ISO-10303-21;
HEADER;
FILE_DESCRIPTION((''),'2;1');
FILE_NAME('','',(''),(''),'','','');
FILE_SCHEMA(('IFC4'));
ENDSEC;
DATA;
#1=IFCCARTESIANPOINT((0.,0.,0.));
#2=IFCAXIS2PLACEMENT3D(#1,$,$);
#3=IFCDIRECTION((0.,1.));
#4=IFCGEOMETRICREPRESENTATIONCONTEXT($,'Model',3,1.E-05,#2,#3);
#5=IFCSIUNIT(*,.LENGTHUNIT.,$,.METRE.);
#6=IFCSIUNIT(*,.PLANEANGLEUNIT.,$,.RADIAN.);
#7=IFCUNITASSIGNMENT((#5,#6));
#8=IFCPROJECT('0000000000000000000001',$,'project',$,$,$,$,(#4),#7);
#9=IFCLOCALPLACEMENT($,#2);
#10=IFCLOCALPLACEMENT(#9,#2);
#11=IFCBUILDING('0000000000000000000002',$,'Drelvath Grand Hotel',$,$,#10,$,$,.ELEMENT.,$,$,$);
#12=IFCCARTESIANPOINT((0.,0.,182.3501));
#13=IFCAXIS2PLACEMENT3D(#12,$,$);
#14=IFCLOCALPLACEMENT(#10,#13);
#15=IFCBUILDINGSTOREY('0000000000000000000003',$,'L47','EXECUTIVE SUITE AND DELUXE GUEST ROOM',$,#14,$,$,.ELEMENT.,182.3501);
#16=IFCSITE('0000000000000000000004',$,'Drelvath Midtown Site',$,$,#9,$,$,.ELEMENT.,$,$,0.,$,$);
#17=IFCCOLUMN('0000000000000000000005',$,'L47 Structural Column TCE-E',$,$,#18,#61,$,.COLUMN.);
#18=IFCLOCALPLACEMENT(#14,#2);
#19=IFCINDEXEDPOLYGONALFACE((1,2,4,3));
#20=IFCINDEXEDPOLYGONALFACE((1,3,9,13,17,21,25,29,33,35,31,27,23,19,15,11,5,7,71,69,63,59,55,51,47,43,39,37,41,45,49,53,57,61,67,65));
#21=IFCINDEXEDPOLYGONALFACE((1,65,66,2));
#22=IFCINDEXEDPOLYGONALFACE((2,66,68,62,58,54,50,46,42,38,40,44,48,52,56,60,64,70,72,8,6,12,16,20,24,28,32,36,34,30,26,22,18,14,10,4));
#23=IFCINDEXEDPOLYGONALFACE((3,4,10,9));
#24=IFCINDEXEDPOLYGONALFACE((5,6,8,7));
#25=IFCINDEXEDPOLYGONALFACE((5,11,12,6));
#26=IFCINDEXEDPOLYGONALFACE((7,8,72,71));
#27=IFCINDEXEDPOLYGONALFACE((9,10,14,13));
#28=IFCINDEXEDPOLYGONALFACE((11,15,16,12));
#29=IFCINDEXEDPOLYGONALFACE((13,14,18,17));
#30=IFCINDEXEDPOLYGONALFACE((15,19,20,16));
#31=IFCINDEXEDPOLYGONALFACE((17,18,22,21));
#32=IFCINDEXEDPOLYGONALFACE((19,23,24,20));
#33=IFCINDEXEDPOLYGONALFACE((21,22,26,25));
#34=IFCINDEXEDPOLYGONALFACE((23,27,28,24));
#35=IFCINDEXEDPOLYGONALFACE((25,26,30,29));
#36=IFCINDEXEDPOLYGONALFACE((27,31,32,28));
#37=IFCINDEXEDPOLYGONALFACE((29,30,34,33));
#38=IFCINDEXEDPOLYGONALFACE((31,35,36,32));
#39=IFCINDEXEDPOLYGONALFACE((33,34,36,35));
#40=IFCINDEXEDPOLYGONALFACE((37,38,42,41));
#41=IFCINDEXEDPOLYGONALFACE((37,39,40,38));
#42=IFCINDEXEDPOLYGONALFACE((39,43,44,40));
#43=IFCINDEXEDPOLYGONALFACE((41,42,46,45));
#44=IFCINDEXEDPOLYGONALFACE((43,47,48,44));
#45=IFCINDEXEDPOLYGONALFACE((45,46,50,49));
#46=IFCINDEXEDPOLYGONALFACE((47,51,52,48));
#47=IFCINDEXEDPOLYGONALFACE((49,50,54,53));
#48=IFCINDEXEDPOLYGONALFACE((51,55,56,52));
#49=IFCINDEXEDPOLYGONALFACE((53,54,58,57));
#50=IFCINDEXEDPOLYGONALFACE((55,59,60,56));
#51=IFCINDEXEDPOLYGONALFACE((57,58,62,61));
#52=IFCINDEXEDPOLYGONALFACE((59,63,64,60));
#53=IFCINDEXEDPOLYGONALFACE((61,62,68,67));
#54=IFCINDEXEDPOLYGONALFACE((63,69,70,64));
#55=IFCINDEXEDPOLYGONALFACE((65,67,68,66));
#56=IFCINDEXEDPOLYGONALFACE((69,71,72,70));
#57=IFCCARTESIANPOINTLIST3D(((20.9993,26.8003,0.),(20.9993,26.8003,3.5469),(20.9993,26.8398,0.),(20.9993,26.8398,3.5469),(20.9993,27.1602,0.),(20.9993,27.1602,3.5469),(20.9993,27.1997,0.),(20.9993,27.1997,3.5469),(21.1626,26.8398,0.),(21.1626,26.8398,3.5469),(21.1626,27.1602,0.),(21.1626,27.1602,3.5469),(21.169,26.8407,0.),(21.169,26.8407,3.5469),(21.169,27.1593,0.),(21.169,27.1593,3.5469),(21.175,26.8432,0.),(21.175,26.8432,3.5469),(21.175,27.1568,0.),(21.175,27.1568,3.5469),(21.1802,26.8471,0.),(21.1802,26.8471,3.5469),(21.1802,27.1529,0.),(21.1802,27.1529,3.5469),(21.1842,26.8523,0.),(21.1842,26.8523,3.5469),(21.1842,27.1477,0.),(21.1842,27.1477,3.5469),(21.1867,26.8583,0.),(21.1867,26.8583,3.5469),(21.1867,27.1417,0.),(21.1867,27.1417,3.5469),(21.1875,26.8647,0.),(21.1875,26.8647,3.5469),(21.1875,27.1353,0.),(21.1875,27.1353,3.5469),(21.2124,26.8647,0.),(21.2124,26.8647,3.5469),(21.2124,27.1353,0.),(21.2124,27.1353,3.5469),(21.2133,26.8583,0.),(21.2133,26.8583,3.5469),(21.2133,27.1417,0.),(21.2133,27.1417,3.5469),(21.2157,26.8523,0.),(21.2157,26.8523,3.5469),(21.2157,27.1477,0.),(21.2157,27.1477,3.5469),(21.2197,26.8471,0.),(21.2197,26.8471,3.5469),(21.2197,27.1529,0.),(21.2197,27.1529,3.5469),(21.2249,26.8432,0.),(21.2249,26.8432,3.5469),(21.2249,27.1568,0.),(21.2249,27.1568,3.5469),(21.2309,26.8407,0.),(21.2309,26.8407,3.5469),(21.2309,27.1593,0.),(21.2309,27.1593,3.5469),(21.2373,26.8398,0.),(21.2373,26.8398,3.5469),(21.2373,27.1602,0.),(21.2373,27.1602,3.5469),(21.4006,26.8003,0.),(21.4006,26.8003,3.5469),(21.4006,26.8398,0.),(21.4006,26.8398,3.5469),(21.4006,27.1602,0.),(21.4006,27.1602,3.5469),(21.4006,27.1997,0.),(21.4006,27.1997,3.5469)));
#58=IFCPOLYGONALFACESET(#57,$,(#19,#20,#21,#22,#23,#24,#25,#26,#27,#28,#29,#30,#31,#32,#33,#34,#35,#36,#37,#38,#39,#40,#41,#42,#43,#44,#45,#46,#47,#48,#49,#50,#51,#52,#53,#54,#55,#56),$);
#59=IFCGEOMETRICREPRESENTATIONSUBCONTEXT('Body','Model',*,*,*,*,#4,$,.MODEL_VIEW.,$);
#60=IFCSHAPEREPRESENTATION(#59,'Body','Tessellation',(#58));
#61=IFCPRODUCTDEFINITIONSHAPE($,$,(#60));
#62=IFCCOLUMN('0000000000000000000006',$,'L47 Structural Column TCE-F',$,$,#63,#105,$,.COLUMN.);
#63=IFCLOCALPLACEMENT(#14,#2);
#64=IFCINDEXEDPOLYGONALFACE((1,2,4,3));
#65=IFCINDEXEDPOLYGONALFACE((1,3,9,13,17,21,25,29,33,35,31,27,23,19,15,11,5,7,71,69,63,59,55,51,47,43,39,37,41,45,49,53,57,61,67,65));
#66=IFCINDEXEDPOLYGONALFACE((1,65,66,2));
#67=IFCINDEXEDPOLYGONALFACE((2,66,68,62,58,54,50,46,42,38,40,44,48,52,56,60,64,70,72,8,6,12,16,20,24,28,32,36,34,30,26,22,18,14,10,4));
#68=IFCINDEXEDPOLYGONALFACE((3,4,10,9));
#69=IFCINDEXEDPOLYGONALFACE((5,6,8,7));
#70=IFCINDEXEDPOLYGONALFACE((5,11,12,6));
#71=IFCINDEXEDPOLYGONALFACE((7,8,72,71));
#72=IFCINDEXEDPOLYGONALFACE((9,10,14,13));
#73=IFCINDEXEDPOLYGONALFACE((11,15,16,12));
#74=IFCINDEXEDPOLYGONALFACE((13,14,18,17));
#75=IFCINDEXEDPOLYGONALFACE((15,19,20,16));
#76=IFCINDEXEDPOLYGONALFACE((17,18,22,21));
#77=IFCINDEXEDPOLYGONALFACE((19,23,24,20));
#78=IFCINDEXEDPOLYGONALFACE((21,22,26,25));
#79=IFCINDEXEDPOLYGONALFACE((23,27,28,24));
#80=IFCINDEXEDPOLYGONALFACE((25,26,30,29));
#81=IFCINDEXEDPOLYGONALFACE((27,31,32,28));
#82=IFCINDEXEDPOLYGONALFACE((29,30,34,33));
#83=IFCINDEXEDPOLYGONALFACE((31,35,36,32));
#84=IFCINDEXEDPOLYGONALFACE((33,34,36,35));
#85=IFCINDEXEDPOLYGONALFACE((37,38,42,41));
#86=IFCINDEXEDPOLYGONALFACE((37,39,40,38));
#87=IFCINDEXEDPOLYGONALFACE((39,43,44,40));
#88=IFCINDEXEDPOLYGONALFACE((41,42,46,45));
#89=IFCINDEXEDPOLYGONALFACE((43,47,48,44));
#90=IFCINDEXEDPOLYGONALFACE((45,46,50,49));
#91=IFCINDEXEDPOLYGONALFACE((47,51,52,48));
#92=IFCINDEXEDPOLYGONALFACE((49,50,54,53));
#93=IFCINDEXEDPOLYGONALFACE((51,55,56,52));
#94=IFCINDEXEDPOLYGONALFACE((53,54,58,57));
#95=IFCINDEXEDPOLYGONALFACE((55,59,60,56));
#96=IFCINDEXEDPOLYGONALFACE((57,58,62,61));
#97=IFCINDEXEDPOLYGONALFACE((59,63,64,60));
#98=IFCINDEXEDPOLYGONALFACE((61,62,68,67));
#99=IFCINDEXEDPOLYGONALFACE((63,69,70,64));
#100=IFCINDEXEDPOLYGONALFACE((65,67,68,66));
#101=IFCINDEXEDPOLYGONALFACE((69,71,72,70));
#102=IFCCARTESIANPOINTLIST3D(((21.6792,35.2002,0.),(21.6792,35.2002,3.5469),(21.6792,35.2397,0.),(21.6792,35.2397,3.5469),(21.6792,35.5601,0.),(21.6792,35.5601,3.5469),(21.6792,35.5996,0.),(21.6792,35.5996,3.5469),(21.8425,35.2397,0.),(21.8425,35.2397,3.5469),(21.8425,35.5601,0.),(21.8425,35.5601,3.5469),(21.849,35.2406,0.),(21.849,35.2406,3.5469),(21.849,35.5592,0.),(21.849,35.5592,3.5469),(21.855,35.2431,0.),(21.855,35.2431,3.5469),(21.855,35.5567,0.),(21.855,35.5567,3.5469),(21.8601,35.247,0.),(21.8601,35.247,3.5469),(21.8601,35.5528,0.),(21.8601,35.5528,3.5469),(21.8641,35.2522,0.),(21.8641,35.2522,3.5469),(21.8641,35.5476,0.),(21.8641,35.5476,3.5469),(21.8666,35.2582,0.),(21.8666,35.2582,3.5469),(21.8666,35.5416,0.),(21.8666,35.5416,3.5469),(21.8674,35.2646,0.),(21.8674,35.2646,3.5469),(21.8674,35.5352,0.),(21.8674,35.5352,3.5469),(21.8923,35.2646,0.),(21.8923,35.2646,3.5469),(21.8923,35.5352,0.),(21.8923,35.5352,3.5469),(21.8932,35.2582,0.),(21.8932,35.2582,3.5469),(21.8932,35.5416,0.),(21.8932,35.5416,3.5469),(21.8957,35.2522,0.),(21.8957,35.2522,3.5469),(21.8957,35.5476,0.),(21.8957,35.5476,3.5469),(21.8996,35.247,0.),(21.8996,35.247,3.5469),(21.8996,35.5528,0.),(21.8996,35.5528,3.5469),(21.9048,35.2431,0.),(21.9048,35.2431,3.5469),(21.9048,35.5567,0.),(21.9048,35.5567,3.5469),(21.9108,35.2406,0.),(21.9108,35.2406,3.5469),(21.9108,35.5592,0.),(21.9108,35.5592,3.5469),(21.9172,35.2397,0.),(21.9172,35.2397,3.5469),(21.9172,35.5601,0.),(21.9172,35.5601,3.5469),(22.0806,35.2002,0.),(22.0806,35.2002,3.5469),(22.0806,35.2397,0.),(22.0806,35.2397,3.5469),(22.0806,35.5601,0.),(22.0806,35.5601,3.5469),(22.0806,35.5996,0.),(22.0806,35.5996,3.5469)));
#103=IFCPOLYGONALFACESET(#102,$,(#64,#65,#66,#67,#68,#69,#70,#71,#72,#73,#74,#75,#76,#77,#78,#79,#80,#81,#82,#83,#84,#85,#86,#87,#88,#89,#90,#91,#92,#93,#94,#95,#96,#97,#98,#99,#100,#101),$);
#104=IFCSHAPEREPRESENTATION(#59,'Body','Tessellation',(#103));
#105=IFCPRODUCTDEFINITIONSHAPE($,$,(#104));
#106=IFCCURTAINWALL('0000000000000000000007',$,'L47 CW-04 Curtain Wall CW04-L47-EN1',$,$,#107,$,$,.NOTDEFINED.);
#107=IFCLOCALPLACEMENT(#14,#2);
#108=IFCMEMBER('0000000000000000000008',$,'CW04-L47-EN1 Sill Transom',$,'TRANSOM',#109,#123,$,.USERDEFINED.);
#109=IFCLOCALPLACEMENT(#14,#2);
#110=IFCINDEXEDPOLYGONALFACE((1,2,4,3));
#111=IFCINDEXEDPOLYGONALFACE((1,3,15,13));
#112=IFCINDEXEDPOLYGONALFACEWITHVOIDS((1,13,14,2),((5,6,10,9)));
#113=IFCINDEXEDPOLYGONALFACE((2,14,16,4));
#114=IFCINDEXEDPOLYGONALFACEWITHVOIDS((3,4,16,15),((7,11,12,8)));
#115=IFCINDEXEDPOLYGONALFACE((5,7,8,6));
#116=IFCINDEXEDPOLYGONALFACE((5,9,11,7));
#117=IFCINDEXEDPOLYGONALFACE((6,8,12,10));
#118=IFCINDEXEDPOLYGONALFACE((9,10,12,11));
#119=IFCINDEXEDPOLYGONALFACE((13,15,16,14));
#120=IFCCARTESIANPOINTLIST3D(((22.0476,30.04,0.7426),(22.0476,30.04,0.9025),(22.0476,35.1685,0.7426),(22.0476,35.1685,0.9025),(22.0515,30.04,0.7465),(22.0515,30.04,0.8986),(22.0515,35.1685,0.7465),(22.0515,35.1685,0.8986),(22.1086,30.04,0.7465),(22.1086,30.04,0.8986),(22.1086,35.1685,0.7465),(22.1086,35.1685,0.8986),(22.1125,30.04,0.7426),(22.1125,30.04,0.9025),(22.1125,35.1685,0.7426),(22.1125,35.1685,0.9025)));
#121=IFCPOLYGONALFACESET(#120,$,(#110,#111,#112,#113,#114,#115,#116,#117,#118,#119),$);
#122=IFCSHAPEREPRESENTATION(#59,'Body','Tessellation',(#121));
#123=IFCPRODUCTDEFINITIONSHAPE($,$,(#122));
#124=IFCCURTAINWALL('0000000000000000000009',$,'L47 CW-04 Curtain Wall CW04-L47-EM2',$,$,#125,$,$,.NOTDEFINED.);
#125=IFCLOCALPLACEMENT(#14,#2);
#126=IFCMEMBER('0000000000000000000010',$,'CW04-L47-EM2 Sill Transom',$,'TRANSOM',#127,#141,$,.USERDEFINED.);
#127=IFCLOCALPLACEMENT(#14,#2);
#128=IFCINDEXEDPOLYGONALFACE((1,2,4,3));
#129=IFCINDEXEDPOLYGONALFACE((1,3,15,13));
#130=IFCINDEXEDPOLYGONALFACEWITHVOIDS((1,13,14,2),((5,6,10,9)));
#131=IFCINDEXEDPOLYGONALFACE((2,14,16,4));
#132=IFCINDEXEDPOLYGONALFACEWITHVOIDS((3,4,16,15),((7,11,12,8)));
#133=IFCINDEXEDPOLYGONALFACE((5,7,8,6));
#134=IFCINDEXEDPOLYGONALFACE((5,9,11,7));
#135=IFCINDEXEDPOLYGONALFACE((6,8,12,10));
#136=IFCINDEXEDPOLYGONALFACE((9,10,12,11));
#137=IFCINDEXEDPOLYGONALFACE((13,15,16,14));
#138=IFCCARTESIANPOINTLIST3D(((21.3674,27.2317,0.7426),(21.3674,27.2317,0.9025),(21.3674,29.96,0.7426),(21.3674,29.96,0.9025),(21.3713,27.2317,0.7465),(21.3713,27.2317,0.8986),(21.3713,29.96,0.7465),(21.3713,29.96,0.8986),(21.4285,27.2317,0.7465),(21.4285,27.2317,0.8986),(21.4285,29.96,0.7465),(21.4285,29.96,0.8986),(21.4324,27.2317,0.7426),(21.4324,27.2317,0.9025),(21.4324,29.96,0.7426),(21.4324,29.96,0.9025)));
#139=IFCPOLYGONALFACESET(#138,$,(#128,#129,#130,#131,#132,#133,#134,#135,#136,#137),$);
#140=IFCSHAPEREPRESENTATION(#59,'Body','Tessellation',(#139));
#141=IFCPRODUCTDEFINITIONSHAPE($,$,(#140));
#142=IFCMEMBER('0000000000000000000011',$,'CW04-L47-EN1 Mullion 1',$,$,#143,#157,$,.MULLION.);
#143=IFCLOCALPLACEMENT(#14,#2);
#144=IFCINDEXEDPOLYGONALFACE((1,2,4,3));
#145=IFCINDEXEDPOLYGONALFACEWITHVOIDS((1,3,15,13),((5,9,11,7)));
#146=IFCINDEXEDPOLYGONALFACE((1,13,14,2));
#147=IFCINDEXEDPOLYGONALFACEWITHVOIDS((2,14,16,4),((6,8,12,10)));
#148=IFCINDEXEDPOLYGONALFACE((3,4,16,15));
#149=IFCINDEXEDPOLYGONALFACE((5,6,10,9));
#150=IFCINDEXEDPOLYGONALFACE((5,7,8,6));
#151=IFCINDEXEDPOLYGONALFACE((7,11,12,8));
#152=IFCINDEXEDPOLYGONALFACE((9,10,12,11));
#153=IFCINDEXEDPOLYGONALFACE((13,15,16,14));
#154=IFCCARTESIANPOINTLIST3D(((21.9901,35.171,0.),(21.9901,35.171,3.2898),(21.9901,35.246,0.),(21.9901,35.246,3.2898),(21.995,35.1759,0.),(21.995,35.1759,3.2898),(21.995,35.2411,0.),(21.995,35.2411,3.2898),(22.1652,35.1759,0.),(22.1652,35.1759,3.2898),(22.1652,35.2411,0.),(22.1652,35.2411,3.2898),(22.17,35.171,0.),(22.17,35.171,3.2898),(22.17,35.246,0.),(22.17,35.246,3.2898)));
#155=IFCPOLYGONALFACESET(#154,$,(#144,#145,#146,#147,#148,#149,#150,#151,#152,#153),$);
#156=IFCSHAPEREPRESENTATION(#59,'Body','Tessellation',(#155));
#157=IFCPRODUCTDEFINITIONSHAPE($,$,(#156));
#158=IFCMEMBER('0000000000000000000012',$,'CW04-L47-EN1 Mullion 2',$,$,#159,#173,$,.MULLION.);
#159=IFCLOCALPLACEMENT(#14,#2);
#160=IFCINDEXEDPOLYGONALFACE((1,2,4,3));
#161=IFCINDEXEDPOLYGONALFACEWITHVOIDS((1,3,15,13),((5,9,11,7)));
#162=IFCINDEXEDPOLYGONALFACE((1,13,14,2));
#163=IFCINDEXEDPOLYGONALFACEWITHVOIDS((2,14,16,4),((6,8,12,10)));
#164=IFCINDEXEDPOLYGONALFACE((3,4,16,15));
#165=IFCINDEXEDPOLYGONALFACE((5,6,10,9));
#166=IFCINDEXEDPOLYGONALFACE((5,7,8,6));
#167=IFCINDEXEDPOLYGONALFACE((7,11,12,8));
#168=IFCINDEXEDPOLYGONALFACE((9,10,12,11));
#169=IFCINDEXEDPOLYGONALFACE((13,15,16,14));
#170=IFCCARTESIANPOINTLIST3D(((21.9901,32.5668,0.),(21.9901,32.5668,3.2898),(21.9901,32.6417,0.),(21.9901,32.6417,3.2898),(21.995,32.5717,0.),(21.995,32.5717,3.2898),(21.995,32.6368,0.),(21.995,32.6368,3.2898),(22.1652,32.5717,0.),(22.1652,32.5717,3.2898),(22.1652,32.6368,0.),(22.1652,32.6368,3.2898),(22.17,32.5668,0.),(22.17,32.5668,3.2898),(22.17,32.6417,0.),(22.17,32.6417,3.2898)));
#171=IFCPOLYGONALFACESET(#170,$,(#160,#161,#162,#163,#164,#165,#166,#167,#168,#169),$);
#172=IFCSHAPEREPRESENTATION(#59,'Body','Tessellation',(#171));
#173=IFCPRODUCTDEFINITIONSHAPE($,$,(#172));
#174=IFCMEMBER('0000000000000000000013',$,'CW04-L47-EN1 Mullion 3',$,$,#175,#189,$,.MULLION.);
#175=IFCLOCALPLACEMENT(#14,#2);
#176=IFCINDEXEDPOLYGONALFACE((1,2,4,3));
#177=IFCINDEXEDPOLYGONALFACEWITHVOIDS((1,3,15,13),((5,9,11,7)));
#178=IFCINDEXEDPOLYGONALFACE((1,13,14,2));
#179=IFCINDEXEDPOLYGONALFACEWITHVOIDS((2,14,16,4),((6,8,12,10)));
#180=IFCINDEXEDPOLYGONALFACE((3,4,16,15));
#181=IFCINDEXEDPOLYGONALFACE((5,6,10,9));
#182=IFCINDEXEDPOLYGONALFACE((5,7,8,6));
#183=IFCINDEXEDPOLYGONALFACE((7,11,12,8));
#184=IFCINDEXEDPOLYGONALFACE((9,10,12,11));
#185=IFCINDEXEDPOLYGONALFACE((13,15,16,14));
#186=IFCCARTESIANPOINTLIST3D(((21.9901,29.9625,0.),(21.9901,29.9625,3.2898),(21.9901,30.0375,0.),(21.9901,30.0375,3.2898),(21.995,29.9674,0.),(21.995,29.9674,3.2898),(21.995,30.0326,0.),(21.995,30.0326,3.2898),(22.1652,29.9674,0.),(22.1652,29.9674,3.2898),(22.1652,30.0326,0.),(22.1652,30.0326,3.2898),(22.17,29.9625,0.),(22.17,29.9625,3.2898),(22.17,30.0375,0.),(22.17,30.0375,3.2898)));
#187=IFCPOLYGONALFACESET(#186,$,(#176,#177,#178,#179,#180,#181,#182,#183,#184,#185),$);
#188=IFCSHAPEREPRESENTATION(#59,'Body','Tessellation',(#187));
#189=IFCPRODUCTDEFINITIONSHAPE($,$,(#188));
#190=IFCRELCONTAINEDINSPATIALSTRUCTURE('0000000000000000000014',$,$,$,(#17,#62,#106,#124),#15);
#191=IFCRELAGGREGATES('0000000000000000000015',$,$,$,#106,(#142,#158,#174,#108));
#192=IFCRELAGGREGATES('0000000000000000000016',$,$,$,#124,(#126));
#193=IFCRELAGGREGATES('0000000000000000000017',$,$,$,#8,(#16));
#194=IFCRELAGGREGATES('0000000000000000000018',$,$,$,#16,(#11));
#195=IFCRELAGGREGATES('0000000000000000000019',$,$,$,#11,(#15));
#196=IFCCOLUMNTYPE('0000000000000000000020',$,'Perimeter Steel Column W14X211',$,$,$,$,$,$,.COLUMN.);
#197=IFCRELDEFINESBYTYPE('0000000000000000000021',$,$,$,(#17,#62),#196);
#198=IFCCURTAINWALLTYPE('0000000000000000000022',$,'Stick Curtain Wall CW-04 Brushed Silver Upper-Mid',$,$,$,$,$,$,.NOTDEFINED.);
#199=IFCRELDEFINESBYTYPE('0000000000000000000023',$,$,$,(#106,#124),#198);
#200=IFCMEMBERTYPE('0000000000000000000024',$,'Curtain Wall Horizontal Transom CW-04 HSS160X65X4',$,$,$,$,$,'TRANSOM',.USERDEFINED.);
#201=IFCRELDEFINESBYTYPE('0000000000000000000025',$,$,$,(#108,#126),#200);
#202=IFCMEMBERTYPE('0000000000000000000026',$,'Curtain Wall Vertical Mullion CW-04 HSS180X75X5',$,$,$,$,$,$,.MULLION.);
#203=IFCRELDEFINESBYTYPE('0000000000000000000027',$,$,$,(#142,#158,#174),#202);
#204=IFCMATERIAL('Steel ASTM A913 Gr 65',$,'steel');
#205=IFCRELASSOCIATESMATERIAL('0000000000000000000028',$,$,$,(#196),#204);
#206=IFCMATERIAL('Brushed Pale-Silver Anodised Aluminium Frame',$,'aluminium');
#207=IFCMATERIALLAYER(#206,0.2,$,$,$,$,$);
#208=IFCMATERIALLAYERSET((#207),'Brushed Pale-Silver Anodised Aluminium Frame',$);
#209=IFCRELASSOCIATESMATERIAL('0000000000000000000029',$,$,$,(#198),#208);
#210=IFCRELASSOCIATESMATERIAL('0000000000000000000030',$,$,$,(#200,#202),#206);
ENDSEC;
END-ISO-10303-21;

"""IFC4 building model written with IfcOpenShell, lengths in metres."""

from ifc_helpers import new_model, si_unit, direction, frame, origin, origin_2d, place, context, subcontext, project, spatial, hollow_rectangle, i_section, extrude, material, layer, layer_set, material_profile, profile_set, type_object, element, aggregate, save


model = new_model("IFC4")

# Units and contexts
model_context = context("Model", 3, precision=1e-05, world=origin(), true_north=direction((0.0, 1.0)))
body_context = subcontext(model_context, "Body", "Model", "MODEL_VIEW")
ifc_project = project(units=[si_unit("LENGTHUNIT", "METRE"), si_unit("PLANEANGLEUNIT", "RADIAN")], contexts=[model_context])

# Site, building, storey
site_placement = place(None, origin())
site = spatial("IfcSite", under=ifc_project, at=site_placement, Name="Drelvath Midtown Site", CompositionType="ELEMENT", RefElevation=0.0)
building_placement = place(site_placement, origin())
building = spatial("IfcBuilding", under=site, at=building_placement, Name="Drelvath Grand Hotel", CompositionType="ELEMENT")
storey_placement = place(building_placement, frame((0.0, 0.0, 182.3501)))
storey = spatial("IfcBuildingStorey", under=building, at=storey_placement, Name="L47", Description="EXECUTIVE SUITE AND DELUXE GUEST ROOM", CompositionType="ELEMENT", Elevation=182.3501)

# Columns
ifc_material_1 = material(Name="Steel ASTM A913 Gr 65", Category="steel")
ifc_material_profile_1 = material_profile(ifc_material_1, i_section(OverallWidth=0.4014, OverallDepth=0.3994, WebThickness=0.0249, FlangeThickness=0.0396, FilletRadius=0.0249, at=origin_2d()), Name="W14X211")
ifc_profile_set_1 = profile_set([ifc_material_profile_1], Name="Steel ASTM A913 Gr 65")
column_type = type_object("IfcColumnType", Name="Perimeter Steel Column W14X211", PredefinedType="COLUMN", material=ifc_profile_set_1)
for number, where, z_axis, x_axis, name in (
    (1, (21.2, 27.0, 0.0), (0.0, 0.0, 1.0), (1.0, 0.0, 0.0), "L47 Structural Column TCE-E"),
    (2, (21.8799, 35.3999, 0.0), (0.0, 0.0, 1.0), (1.0, 0.0, 0.0), "L47 Structural Column TCE-F"),
):
    element("IfcColumn", number, at=place(storey_placement, frame(where, z_axis=z_axis, x_axis=x_axis)), inside=storey, type_object=column_type, Name=name, PredefinedType="COLUMN", context=body_context, shape_type="SweptSolid", body=[
        extrude(i_section(OverallWidth=0.4014, OverallDepth=0.3994, WebThickness=0.0249, FlangeThickness=0.0396, FilletRadius=0.0249, at=origin_2d()), origin(), (0.0, 0.0, 1.0), 3.5469),
    ])

# Curtain walls, members
ifc_material_2 = material(Name="Brushed Pale-Silver Anodised Aluminium Frame", Category="aluminium")
ifc_layer_1 = layer(ifc_material_2, 0.2)
ifc_layer_set_1 = layer_set([ifc_layer_1], Name="Brushed Pale-Silver Anodised Aluminium Frame")
curtain_wall_type = type_object("IfcCurtainWallType", Name="Stick Curtain Wall CW-04 Brushed Silver Upper-Mid", PredefinedType="NOTDEFINED", material=ifc_layer_set_1)
curtain_wall_1_placement = place(storey_placement, origin())
curtain_wall_1 = element("IfcCurtainWall", 3, at=curtain_wall_1_placement, inside=storey, type_object=curtain_wall_type, Name="L47 CW-04 Curtain Wall CW04-L47-EN1", PredefinedType="NOTDEFINED")
ifc_material_profile_2 = material_profile(ifc_material_2, hollow_rectangle(XDim=0.0649, YDim=0.1599, WallThickness=0.0039, at=origin_2d()), Name="HSS160X65X4")
ifc_profile_set_2 = profile_set([ifc_material_profile_2], Name="Brushed Pale-Silver Anodised Aluminium Frame")
member_type_1 = type_object("IfcMemberType", Name="Curtain Wall Horizontal Transom CW-04 HSS160X65X4", ElementType="TRANSOM", PredefinedType="USERDEFINED", material=ifc_profile_set_2)
member_1_placement = place(storey_placement, frame((22.0801, 35.1685, 0.8225), z_axis=(0.0, -1.0, 0.0), x_axis=(1.0, 0.0, 0.0)))
member_1 = element("IfcMember", 4, at=member_1_placement, type_object=member_type_1, Name="CW04-L47-EN1 Sill Transom", ObjectType="TRANSOM", PredefinedType="USERDEFINED", context=body_context, shape_type="SweptSolid", body=[
    extrude(hollow_rectangle(XDim=0.0649, YDim=0.1599, WallThickness=0.0039, at=origin_2d()), origin(), (0.0, 0.0, 1.0), 5.1284),
])
curtain_wall_2_placement = place(storey_placement, origin())
curtain_wall_2 = element("IfcCurtainWall", 5, at=curtain_wall_2_placement, inside=storey, type_object=curtain_wall_type, Name="L47 CW-04 Curtain Wall CW04-L47-EM2", PredefinedType="NOTDEFINED")
member_2_placement = place(storey_placement, frame((21.3999, 29.96, 0.8225), z_axis=(0.0, -1.0, 0.0), x_axis=(1.0, 0.0, 0.0)))
member_2 = element("IfcMember", 6, at=member_2_placement, type_object=member_type_1, Name="CW04-L47-EM2 Sill Transom", ObjectType="TRANSOM", PredefinedType="USERDEFINED", context=body_context, shape_type="SweptSolid", body=[
    extrude(hollow_rectangle(XDim=0.0649, YDim=0.1599, WallThickness=0.0039, at=origin_2d()), origin(), (0.0, 0.0, 1.0), 2.7283),
])

# Members
ifc_material_profile_3 = material_profile(ifc_material_2, hollow_rectangle(XDim=0.075, YDim=0.1799, WallThickness=0.0049, at=origin_2d()), Name="HSS180X75X5")
ifc_profile_set_3 = profile_set([ifc_material_profile_3], Name="Brushed Pale-Silver Anodised Aluminium Frame")
member_type_2 = type_object("IfcMemberType", Name="Curtain Wall Vertical Mullion CW-04 HSS180X75X5", PredefinedType="MULLION", material=ifc_profile_set_3)
member_3_placement = place(storey_placement, frame((22.0801, 35.2085, 0.0), z_axis=(0.0, 0.0, 1.0), x_axis=(0.0, 1.0, 0.0)))
member_3 = element("IfcMember", 7, at=member_3_placement, type_object=member_type_2, Name="CW04-L47-EN1 Mullion 1", PredefinedType="MULLION", context=body_context, shape_type="SweptSolid", body=[
    extrude(hollow_rectangle(XDim=0.075, YDim=0.1799, WallThickness=0.0049, at=origin_2d()), origin(), (0.0, 0.0, 1.0), 3.2898),
])
member_4_placement = place(storey_placement, frame((22.0801, 32.6042, 0.0), z_axis=(0.0, 0.0, 1.0), x_axis=(0.0, 1.0, 0.0)))
member_4 = element("IfcMember", 8, at=member_4_placement, type_object=member_type_2, Name="CW04-L47-EN1 Mullion 2", PredefinedType="MULLION", context=body_context, shape_type="SweptSolid", body=[
    extrude(hollow_rectangle(XDim=0.075, YDim=0.1799, WallThickness=0.0049, at=origin_2d()), origin(), (0.0, 0.0, 1.0), 3.2898),
])
member_5_placement = place(storey_placement, frame((22.0801, 30.0, 0.0), z_axis=(0.0, 0.0, 1.0), x_axis=(0.0, 1.0, 0.0)))
member_5 = element("IfcMember", 9, at=member_5_placement, type_object=member_type_2, Name="CW04-L47-EN1 Mullion 3", PredefinedType="MULLION", context=body_context, shape_type="SweptSolid", body=[
    extrude(hollow_rectangle(XDim=0.075, YDim=0.1799, WallThickness=0.0049, at=origin_2d()), origin(), (0.0, 0.0, 1.0), 3.2898),
])

aggregate(curtain_wall_1, [member_3, member_4, member_5, member_1])
aggregate(curtain_wall_2, [member_2])

save(model, "model.ifc")
